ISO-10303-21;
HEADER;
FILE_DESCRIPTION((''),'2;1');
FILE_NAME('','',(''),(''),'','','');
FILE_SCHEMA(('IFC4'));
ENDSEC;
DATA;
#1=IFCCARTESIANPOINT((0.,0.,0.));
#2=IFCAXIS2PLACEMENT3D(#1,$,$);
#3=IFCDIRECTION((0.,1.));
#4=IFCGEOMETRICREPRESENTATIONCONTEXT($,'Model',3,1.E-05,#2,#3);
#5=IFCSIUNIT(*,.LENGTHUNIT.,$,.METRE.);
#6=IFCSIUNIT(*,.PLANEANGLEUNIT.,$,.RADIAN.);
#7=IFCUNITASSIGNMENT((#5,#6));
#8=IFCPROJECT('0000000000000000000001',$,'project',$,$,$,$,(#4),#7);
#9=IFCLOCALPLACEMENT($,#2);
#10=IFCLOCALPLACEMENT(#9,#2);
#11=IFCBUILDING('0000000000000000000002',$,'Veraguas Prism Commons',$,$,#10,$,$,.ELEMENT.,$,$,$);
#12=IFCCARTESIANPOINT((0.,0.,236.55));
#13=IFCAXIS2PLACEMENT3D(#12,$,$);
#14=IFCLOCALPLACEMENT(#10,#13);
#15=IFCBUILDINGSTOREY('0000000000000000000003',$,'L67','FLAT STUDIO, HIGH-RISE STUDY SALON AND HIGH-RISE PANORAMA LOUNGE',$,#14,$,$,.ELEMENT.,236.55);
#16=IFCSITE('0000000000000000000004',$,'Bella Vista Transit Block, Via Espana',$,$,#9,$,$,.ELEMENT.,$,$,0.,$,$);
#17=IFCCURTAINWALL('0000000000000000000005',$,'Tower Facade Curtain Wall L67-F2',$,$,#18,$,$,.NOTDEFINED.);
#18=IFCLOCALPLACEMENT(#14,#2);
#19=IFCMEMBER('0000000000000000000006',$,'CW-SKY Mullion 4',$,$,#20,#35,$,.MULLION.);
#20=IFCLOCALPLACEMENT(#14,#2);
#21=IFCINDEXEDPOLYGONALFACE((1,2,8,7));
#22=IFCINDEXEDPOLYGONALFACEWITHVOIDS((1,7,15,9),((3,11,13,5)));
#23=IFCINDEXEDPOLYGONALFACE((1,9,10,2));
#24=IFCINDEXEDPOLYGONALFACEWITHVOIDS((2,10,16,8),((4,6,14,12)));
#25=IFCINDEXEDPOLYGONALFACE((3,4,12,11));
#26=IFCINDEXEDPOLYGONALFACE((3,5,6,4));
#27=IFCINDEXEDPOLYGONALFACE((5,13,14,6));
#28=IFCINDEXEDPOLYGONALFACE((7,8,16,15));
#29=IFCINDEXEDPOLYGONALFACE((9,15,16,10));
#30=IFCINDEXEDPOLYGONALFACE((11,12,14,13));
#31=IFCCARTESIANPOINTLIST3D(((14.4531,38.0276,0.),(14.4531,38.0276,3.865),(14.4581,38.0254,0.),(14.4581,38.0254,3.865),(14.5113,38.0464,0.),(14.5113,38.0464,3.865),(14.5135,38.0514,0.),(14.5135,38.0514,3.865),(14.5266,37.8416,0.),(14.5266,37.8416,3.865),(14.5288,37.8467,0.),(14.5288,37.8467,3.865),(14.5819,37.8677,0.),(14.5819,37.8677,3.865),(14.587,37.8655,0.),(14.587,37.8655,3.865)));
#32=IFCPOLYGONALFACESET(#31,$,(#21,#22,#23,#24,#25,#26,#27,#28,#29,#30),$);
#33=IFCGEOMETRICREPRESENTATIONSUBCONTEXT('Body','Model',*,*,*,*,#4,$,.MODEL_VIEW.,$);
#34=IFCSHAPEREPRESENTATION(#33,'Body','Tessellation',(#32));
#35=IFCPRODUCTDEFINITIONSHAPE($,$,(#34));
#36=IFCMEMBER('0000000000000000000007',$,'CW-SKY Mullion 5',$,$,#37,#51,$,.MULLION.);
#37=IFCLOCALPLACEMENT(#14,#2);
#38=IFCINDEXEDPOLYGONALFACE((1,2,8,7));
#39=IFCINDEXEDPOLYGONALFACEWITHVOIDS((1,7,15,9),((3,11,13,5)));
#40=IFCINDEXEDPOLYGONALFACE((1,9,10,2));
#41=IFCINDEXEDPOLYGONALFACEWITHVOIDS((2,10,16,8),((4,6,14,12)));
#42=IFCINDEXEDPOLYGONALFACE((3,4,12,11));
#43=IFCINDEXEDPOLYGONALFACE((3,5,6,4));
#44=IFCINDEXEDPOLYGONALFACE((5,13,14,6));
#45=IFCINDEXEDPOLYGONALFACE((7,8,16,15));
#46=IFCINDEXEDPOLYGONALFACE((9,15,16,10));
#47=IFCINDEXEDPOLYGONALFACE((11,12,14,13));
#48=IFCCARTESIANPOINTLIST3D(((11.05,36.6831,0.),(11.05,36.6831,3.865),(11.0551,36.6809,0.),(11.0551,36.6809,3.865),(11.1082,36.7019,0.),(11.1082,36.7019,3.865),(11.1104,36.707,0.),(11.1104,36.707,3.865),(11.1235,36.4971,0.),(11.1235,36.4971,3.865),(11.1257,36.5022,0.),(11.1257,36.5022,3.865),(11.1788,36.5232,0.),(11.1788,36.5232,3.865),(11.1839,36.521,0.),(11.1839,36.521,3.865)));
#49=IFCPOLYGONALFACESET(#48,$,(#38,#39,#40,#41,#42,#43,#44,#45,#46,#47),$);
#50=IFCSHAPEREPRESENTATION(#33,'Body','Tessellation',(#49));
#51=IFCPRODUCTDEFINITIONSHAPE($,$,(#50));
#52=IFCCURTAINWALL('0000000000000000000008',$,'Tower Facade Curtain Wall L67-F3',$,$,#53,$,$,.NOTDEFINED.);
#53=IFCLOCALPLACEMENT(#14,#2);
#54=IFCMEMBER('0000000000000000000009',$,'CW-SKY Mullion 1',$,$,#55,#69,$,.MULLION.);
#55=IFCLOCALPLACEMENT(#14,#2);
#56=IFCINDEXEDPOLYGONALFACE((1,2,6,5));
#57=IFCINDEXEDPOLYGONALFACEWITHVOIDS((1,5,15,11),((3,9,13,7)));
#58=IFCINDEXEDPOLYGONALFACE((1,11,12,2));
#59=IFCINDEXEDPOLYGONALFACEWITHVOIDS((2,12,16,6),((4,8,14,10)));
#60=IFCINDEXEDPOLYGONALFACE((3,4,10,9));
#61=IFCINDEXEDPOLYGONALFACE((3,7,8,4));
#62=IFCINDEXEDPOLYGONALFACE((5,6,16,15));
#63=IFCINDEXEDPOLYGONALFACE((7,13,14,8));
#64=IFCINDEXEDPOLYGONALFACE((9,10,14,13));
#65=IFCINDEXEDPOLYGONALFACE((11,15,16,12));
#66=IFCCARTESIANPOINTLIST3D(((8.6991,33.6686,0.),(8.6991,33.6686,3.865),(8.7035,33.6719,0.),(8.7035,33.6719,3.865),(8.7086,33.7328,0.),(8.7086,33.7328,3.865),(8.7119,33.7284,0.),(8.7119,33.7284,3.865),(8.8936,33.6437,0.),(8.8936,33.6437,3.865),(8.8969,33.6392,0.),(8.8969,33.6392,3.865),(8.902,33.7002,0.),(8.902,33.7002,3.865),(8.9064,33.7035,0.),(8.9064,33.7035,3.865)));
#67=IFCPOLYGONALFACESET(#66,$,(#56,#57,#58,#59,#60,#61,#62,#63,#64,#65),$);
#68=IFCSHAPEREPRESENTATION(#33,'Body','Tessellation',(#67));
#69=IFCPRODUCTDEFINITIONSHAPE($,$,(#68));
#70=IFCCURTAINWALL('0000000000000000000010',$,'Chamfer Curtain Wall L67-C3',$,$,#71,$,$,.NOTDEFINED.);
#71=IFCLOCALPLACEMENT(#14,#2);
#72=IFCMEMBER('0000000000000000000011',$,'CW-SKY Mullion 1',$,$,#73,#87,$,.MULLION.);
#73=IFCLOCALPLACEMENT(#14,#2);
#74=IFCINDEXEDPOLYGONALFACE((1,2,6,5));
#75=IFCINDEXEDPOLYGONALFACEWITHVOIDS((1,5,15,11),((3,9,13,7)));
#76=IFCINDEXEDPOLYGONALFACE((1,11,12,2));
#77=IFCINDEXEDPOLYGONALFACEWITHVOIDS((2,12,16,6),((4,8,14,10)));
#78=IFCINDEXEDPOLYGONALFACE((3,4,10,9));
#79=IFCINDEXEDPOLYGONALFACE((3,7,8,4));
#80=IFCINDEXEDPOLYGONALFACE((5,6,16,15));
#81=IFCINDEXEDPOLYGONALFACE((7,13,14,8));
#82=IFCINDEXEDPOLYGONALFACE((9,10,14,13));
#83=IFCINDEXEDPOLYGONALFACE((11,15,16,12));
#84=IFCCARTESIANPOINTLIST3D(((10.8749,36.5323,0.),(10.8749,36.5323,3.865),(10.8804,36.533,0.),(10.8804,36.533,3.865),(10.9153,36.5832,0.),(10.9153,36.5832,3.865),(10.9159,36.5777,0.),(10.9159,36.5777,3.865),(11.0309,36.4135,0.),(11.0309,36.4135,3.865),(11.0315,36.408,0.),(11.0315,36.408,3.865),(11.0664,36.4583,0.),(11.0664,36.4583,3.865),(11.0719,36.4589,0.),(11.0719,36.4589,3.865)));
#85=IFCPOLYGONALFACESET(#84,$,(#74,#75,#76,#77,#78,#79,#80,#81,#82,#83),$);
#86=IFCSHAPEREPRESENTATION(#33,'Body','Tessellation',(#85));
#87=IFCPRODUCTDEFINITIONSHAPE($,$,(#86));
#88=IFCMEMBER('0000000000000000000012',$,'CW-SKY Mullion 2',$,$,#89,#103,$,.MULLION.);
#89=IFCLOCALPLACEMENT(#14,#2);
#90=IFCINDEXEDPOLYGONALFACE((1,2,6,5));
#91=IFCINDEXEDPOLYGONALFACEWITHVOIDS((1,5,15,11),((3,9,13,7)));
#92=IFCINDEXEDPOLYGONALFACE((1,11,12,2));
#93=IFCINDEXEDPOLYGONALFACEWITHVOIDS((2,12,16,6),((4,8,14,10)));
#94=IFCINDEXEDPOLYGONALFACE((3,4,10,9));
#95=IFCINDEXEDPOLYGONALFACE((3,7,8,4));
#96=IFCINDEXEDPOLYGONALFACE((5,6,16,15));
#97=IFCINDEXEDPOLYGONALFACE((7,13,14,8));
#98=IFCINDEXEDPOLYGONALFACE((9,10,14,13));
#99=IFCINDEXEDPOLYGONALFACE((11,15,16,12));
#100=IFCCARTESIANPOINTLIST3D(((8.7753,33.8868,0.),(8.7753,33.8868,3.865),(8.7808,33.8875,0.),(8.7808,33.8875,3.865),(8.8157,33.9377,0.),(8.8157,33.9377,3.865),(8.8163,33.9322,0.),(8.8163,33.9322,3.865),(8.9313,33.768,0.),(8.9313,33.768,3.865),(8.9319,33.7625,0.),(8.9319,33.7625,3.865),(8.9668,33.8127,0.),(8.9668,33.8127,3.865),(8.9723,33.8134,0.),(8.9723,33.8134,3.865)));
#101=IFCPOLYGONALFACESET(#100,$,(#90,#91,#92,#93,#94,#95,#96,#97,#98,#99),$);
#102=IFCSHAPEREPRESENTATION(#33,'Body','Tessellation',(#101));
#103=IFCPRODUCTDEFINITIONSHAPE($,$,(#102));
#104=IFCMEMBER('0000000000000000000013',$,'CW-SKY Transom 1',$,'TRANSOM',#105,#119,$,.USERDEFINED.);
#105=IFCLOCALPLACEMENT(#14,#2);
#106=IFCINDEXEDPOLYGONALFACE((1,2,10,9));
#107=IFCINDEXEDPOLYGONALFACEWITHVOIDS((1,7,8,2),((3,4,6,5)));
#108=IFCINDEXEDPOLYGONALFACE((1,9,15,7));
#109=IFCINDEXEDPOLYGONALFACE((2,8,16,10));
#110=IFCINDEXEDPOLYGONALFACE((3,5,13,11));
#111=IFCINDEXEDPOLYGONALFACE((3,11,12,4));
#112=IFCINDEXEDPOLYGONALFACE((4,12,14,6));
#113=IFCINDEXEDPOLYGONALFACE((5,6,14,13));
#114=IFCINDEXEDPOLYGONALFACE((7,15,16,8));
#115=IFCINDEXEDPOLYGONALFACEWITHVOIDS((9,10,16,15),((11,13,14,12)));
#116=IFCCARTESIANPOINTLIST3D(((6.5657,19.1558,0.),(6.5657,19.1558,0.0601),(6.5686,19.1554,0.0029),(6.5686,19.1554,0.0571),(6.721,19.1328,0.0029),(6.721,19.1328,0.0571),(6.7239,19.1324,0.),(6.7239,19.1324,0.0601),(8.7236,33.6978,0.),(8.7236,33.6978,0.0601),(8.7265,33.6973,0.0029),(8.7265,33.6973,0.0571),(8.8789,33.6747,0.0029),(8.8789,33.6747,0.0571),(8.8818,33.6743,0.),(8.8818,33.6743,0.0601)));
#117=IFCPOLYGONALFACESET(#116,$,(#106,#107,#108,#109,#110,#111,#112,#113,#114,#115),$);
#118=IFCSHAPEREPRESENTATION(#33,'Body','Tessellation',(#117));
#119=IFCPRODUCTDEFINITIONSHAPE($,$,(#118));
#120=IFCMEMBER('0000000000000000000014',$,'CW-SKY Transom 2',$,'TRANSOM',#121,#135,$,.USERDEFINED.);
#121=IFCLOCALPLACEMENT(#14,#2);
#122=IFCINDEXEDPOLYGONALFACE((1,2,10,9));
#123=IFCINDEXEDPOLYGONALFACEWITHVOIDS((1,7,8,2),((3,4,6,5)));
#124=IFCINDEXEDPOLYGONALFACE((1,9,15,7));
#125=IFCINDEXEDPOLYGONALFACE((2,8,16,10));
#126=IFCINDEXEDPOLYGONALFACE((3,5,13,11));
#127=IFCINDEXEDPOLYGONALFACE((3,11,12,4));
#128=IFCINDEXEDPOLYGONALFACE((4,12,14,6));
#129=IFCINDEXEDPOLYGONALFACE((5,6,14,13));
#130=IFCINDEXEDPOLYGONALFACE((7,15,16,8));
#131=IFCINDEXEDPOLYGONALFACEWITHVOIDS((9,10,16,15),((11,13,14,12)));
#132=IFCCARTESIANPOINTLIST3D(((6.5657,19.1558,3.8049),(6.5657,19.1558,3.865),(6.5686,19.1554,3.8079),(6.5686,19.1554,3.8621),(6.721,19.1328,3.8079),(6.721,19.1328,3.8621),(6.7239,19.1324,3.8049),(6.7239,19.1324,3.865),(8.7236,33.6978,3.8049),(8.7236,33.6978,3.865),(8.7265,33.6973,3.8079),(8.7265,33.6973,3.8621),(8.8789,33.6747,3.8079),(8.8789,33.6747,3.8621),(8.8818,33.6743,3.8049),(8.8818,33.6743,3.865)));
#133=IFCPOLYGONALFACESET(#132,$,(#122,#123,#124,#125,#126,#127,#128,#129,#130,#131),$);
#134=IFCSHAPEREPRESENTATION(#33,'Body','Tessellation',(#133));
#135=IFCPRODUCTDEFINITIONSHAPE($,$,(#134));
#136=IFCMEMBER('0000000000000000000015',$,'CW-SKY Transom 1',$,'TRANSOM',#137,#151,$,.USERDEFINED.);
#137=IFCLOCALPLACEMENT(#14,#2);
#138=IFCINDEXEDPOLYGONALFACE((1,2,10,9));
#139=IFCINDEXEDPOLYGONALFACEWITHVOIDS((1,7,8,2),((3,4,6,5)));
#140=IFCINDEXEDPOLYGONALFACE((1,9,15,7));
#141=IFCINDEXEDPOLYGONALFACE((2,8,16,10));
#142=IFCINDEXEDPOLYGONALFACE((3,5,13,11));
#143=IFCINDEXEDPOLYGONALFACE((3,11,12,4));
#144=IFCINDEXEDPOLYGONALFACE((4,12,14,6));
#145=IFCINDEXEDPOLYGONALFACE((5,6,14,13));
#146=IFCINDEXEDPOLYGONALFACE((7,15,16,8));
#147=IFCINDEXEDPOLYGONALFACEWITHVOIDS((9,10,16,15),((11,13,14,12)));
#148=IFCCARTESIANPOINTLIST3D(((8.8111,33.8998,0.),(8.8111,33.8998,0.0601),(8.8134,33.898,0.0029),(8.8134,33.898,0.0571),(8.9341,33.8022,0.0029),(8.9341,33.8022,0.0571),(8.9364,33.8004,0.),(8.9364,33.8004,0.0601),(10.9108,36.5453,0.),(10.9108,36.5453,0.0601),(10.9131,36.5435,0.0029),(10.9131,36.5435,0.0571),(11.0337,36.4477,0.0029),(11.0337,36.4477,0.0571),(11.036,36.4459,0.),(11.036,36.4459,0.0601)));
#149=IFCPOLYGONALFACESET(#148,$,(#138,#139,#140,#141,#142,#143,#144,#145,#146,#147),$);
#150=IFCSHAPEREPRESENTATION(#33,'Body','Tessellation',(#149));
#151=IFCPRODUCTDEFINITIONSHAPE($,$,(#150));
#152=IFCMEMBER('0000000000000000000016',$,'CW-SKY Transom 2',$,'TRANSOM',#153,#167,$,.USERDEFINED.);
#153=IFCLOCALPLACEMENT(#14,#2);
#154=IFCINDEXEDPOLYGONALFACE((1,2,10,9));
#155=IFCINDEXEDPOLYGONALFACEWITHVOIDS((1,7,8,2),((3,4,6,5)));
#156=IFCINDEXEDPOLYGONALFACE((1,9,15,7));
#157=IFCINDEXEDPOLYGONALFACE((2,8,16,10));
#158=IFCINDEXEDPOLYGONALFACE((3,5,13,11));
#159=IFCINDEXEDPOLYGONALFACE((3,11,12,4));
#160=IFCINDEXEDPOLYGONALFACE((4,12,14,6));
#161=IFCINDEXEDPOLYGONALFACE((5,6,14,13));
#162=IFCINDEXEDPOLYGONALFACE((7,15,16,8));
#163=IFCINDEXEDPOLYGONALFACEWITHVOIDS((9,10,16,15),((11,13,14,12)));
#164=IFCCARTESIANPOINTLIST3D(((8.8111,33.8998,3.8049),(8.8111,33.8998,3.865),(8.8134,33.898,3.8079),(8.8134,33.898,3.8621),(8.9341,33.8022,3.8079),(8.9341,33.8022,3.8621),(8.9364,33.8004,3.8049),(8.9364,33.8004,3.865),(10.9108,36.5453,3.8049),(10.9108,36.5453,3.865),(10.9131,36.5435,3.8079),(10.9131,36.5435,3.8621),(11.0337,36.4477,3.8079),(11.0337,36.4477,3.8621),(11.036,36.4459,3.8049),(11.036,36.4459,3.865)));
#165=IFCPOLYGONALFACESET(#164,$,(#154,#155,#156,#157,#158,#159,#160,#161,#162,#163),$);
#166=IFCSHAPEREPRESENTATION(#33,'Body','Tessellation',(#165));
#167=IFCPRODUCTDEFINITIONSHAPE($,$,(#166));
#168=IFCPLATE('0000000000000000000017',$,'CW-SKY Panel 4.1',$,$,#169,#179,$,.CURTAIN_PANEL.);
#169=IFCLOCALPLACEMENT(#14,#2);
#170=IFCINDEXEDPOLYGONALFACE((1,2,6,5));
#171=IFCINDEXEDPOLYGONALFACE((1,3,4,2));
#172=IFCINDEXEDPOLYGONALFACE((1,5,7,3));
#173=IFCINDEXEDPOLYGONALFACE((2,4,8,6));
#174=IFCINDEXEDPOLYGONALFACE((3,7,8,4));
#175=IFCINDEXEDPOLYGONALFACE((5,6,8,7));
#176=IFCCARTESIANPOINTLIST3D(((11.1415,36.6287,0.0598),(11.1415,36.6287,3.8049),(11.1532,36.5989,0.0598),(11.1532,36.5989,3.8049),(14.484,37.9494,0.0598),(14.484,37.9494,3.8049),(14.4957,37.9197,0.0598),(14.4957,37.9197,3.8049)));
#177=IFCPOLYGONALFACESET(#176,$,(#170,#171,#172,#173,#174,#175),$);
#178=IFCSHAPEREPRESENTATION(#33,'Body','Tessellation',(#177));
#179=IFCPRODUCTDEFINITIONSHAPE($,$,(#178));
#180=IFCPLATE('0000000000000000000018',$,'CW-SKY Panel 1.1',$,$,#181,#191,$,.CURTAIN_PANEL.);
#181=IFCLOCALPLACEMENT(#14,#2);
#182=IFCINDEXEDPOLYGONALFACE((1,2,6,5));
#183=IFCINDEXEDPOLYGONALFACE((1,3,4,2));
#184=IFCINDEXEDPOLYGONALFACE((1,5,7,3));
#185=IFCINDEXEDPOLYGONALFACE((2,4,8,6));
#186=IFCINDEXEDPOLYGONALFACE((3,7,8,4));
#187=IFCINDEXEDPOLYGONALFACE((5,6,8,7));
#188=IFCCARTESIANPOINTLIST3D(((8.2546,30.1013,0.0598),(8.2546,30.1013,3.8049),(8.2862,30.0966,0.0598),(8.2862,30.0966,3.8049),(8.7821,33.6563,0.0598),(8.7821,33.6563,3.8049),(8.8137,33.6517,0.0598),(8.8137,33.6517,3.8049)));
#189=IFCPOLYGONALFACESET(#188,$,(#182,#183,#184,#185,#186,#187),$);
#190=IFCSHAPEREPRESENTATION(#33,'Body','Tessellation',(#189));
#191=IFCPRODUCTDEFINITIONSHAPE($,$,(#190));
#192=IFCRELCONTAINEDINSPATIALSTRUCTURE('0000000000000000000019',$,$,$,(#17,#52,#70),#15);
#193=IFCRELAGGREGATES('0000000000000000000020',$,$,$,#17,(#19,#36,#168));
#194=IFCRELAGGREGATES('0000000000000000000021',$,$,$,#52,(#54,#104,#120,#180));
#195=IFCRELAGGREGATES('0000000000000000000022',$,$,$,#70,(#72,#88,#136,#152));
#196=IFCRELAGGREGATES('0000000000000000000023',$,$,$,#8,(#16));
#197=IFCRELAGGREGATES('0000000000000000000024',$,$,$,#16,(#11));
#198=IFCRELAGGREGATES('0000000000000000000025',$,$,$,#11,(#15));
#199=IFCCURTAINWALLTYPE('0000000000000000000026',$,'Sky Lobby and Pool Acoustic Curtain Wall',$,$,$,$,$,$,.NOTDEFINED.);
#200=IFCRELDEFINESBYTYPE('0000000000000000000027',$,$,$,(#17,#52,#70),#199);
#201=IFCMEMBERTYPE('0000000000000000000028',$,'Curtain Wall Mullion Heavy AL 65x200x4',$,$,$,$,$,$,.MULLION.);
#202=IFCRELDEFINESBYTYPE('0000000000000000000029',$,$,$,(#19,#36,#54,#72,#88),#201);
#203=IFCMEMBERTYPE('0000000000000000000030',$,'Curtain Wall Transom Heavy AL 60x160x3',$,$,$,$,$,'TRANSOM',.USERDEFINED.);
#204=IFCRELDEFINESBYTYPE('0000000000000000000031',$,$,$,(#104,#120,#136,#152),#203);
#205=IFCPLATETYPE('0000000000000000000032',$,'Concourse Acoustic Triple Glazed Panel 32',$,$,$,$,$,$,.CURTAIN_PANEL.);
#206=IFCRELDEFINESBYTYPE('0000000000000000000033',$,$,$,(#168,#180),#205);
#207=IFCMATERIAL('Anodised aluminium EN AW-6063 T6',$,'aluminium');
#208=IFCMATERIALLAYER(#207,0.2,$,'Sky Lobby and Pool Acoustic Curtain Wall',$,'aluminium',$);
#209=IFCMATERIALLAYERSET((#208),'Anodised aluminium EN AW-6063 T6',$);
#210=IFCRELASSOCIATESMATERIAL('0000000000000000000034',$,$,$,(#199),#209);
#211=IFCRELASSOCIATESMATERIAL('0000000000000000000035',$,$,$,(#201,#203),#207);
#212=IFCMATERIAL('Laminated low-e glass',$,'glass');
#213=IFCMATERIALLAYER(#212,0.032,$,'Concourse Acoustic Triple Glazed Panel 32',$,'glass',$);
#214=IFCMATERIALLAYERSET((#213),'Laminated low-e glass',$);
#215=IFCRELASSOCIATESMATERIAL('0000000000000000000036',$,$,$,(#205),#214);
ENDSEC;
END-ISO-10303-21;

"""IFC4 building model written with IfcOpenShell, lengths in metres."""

from ifc_helpers import new_model, si_unit, direction, frame, origin, origin_2d, place, context, subcontext, project, spatial, rectangle, hollow_rectangle, extrude, source, transform, mapped, material, layer, layer_set, material_profile, profile_set, type_object, element, aggregate, save


model = new_model("IFC4")

# Units and contexts
model_context = context("Model", 3, precision=1e-05, world=origin(), true_north=direction((0.0, 1.0)))
body_context = subcontext(model_context, "Body", "Model", "MODEL_VIEW")
ifc_project = project(units=[si_unit("LENGTHUNIT", "METRE"), si_unit("PLANEANGLEUNIT", "RADIAN")], contexts=[model_context])

# Site, building, storey
site_placement = place(None, origin())
site = spatial("IfcSite", under=ifc_project, at=site_placement, Name="Bella Vista Transit Block, Via Espana", CompositionType="ELEMENT", RefElevation=0.0)
building_placement = place(site_placement, origin())
building = spatial("IfcBuilding", under=site, at=building_placement, Name="Veraguas Prism Commons", CompositionType="ELEMENT")
storey_placement = place(building_placement, frame((0.0, 0.0, 236.55)))
storey = spatial("IfcBuildingStorey", under=building, at=storey_placement, Name="L67", Description="FLAT STUDIO, HIGH-RISE STUDY SALON AND HIGH-RISE PANORAMA LOUNGE", CompositionType="ELEMENT", Elevation=236.55)

# Curtain wall, members
ifc_material_1 = material(Name="Anodised aluminium EN AW-6063 T6", Category="aluminium")
ifc_layer_1 = layer(ifc_material_1, 0.2, Name="Sky Lobby and Pool Acoustic Curtain Wall", Category="aluminium")
ifc_layer_set_1 = layer_set([ifc_layer_1], Name="Anodised aluminium EN AW-6063 T6")
curtain_wall_type = type_object("IfcCurtainWallType", Name="Sky Lobby and Pool Acoustic Curtain Wall", PredefinedType="NOTDEFINED", material=ifc_layer_set_1)
curtain_wall_1_placement = place(storey_placement, origin())
curtain_wall_1 = element("IfcCurtainWall", 1, at=curtain_wall_1_placement, inside=storey, type_object=curtain_wall_type, Name="Tower Facade Curtain Wall L67-F2", PredefinedType="NOTDEFINED")
ifc_material_profile_1 = material_profile(ifc_material_1, hollow_rectangle(XDim=0.0649, YDim=0.2, WallThickness=0.0039, at=origin_2d()), Name="AL65X200X4")
ifc_profile_set_1 = profile_set([ifc_material_profile_1], Name="Anodised aluminium EN AW-6063 T6")
member_type_1 = type_object("IfcMemberType", Name="Curtain Wall Mullion Heavy AL 65x200x4", PredefinedType="MULLION", material=ifc_profile_set_1)
shared_shape_1 = source(origin(), body_context, "Body", "SweptSolid", [
    extrude(hollow_rectangle(XDim=0.0649, YDim=0.2, WallThickness=0.0039, at=origin_2d()), origin(), (0.0, 0.0, 1.0), 3.865),
])
member_1_placement = place(storey_placement, frame((14.52, 37.9465, 0.0), z_axis=(0.0, 0.0, 1.0), x_axis=(-0.93003, -0.367483, 0.0)))
member_1 = element("IfcMember", 2, at=member_1_placement, type_object=member_type_1, Name="CW-SKY Mullion 4", PredefinedType="MULLION", context=body_context, shape_type="MappedRepresentation", body=[
    mapped(shared_shape_1, transform((0.0, 0.0, 0.0), scale=1.0)),
])
member_2_placement = place(storey_placement, frame((11.1169, 36.6021, 0.0), z_axis=(0.0, 0.0, 1.0), x_axis=(-0.93003, -0.367483, 0.0)))
member_2 = element("IfcMember", 3, at=member_2_placement, type_object=member_type_1, Name="CW-SKY Mullion 5", PredefinedType="MULLION", context=body_context, shape_type="MappedRepresentation", body=[
    mapped(shared_shape_1, transform((0.0, 0.0, 0.0), scale=1.0)),
])

# Curtain wall, member
curtain_wall_2_placement = place(storey_placement, origin())
curtain_wall_2 = element("IfcCurtainWall", 4, at=curtain_wall_2_placement, inside=storey, type_object=curtain_wall_type, Name="Tower Facade Curtain Wall L67-F3", PredefinedType="NOTDEFINED")
member_3_placement = place(storey_placement, frame((8.8027, 33.686, 0.0), z_axis=(0.0, 0.0, 1.0), x_axis=(-0.146774, -0.98917, 0.0)))
member_3 = element("IfcMember", 5, at=member_3_placement, type_object=member_type_1, Name="CW-SKY Mullion 1", PredefinedType="MULLION", context=body_context, shape_type="MappedRepresentation", body=[
    mapped(shared_shape_1, transform((0.0, 0.0, 0.0), scale=1.0)),
])

# Curtain wall, members
curtain_wall_3_placement = place(storey_placement, origin())
curtain_wall_3 = element("IfcCurtainWall", 6, at=curtain_wall_3_placement, inside=storey, type_object=curtain_wall_type, Name="Chamfer Curtain Wall L67-C3", PredefinedType="NOTDEFINED")
member_4_placement = place(storey_placement, frame((10.9734, 36.4956, 0.0), z_axis=(0.0, 0.0, 1.0), x_axis=(-0.621707, -0.78325, 0.0)))
member_4 = element("IfcMember", 7, at=member_4_placement, type_object=member_type_1, Name="CW-SKY Mullion 1", PredefinedType="MULLION", context=body_context, shape_type="MappedRepresentation", body=[
    mapped(shared_shape_1, transform((0.0, 0.0, 0.0), scale=1.0)),
])
member_5_placement = place(storey_placement, frame((8.8738, 33.8501, 0.0), z_axis=(0.0, 0.0, 1.0), x_axis=(-0.621707, -0.78325, 0.0)))
member_5 = element("IfcMember", 8, at=member_5_placement, type_object=member_type_1, Name="CW-SKY Mullion 2", PredefinedType="MULLION", context=body_context, shape_type="MappedRepresentation", body=[
    mapped(shared_shape_1, transform((0.0, 0.0, 0.0), scale=1.0)),
])

# Members
ifc_material_profile_2 = material_profile(ifc_material_1, hollow_rectangle(XDim=0.0601, YDim=0.1599, WallThickness=0.0029, at=origin_2d()), Name="AL60X160X3")
ifc_profile_set_2 = profile_set([ifc_material_profile_2], Name="Anodised aluminium EN AW-6063 T6")
member_type_2 = type_object("IfcMemberType", Name="Curtain Wall Transom Heavy AL 60x160x3", ElementType="TRANSOM", PredefinedType="USERDEFINED", material=ifc_profile_set_2)
shared_shape_2 = source(origin(), body_context, "Body", "SweptSolid", [
    extrude(hollow_rectangle(XDim=0.0601, YDim=0.1599, WallThickness=0.0029, at=origin_2d()), origin(), (0.0, 0.0, 1.0), 14.7012),
])
member_6_placement = place(storey_placement, frame((8.8027, 33.686, 0.03), z_axis=(-0.146788, -0.989168, 0.0), x_axis=(0.0, 0.0, 1.0)))
member_6 = element("IfcMember", 9, at=member_6_placement, type_object=member_type_2, Name="CW-SKY Transom 1", ObjectType="TRANSOM", PredefinedType="USERDEFINED", context=body_context, shape_type="MappedRepresentation", body=[
    mapped(shared_shape_2, transform((0.0, 0.0, 0.0), scale=1.0)),
])
member_7_placement = place(storey_placement, frame((8.8027, 33.686, 3.835), z_axis=(-0.146788, -0.989168, 0.0), x_axis=(0.0, 0.0, 1.0)))
member_7 = element("IfcMember", 10, at=member_7_placement, type_object=member_type_2, Name="CW-SKY Transom 2", ObjectType="TRANSOM", PredefinedType="USERDEFINED", context=body_context, shape_type="MappedRepresentation", body=[
    mapped(shared_shape_2, transform((0.0, 0.0, 0.0), scale=1.0)),
])
shared_shape_3 = source(origin(), body_context, "Body", "SweptSolid", [
    extrude(hollow_rectangle(XDim=0.0601, YDim=0.1599, WallThickness=0.0029, at=origin_2d()), origin(), (0.0, 0.0, 1.0), 3.3774),
])
member_8_placement = place(storey_placement, frame((10.9734, 36.4956, 0.03), z_axis=(-0.621658, -0.783289, 0.0), x_axis=(0.0, 0.0, 1.0)))
member_8 = element("IfcMember", 11, at=member_8_placement, type_object=member_type_2, Name="CW-SKY Transom 1", ObjectType="TRANSOM", PredefinedType="USERDEFINED", context=body_context, shape_type="MappedRepresentation", body=[
    mapped(shared_shape_3, transform((0.0, 0.0, 0.0), scale=1.0)),
])
member_9_placement = place(storey_placement, frame((10.9734, 36.4956, 3.835), z_axis=(-0.621658, -0.783289, 0.0), x_axis=(0.0, 0.0, 1.0)))
member_9 = element("IfcMember", 12, at=member_9_placement, type_object=member_type_2, Name="CW-SKY Transom 2", ObjectType="TRANSOM", PredefinedType="USERDEFINED", context=body_context, shape_type="MappedRepresentation", body=[
    mapped(shared_shape_3, transform((0.0, 0.0, 0.0), scale=1.0)),
])

# Plates
ifc_material_2 = material(Name="Laminated low-e glass", Category="glass")
ifc_layer_2 = layer(ifc_material_2, 0.032, Name="Concourse Acoustic Triple Glazed Panel 32", Category="glass")
ifc_layer_set_2 = layer_set([ifc_layer_2], Name="Laminated low-e glass")
plate_type = type_object("IfcPlateType", Name="Concourse Acoustic Triple Glazed Panel 32", PredefinedType="CURTAIN_PANEL", material=ifc_layer_set_2)
shared_shape_4 = source(origin(), body_context, "Body", "SweptSolid", [
    extrude(rectangle(XDim=3.594, YDim=0.032, at=origin_2d()), origin(), (0.0, 0.0, 1.0), 3.7451),
])
plate_1_placement = place(storey_placement, frame((12.8186, 37.2742, 0.0598), z_axis=(0.0, 0.0, 1.0), x_axis=(-0.93003, -0.367483, 0.0)))
plate_1 = element("IfcPlate", 13, at=plate_1_placement, type_object=plate_type, Name="CW-SKY Panel 4.1", PredefinedType="CURTAIN_PANEL", context=body_context, shape_type="MappedRepresentation", body=[
    mapped(shared_shape_4, transform((0.0, 0.0, 0.0), scale=1.0)),
])
aggregate(curtain_wall_1, [member_1, member_2, plate_1])
plate_2_placement = place(storey_placement, frame((8.5342, 31.8765, 0.0598), z_axis=(0.0, 0.0, 1.0), x_axis=(-0.146774, -0.98917, 0.0)))
plate_2 = element("IfcPlate", 14, at=plate_2_placement, type_object=plate_type, Name="CW-SKY Panel 1.1", PredefinedType="CURTAIN_PANEL", context=body_context, shape_type="MappedRepresentation", body=[
    mapped(shared_shape_4, transform((0.0, 0.0, 0.0), scale=1.0)),
])
aggregate(curtain_wall_2, [member_3, member_6, member_7, plate_2])
aggregate(curtain_wall_3, [member_4, member_5, member_8, member_9])

save(model, "model.ifc")
